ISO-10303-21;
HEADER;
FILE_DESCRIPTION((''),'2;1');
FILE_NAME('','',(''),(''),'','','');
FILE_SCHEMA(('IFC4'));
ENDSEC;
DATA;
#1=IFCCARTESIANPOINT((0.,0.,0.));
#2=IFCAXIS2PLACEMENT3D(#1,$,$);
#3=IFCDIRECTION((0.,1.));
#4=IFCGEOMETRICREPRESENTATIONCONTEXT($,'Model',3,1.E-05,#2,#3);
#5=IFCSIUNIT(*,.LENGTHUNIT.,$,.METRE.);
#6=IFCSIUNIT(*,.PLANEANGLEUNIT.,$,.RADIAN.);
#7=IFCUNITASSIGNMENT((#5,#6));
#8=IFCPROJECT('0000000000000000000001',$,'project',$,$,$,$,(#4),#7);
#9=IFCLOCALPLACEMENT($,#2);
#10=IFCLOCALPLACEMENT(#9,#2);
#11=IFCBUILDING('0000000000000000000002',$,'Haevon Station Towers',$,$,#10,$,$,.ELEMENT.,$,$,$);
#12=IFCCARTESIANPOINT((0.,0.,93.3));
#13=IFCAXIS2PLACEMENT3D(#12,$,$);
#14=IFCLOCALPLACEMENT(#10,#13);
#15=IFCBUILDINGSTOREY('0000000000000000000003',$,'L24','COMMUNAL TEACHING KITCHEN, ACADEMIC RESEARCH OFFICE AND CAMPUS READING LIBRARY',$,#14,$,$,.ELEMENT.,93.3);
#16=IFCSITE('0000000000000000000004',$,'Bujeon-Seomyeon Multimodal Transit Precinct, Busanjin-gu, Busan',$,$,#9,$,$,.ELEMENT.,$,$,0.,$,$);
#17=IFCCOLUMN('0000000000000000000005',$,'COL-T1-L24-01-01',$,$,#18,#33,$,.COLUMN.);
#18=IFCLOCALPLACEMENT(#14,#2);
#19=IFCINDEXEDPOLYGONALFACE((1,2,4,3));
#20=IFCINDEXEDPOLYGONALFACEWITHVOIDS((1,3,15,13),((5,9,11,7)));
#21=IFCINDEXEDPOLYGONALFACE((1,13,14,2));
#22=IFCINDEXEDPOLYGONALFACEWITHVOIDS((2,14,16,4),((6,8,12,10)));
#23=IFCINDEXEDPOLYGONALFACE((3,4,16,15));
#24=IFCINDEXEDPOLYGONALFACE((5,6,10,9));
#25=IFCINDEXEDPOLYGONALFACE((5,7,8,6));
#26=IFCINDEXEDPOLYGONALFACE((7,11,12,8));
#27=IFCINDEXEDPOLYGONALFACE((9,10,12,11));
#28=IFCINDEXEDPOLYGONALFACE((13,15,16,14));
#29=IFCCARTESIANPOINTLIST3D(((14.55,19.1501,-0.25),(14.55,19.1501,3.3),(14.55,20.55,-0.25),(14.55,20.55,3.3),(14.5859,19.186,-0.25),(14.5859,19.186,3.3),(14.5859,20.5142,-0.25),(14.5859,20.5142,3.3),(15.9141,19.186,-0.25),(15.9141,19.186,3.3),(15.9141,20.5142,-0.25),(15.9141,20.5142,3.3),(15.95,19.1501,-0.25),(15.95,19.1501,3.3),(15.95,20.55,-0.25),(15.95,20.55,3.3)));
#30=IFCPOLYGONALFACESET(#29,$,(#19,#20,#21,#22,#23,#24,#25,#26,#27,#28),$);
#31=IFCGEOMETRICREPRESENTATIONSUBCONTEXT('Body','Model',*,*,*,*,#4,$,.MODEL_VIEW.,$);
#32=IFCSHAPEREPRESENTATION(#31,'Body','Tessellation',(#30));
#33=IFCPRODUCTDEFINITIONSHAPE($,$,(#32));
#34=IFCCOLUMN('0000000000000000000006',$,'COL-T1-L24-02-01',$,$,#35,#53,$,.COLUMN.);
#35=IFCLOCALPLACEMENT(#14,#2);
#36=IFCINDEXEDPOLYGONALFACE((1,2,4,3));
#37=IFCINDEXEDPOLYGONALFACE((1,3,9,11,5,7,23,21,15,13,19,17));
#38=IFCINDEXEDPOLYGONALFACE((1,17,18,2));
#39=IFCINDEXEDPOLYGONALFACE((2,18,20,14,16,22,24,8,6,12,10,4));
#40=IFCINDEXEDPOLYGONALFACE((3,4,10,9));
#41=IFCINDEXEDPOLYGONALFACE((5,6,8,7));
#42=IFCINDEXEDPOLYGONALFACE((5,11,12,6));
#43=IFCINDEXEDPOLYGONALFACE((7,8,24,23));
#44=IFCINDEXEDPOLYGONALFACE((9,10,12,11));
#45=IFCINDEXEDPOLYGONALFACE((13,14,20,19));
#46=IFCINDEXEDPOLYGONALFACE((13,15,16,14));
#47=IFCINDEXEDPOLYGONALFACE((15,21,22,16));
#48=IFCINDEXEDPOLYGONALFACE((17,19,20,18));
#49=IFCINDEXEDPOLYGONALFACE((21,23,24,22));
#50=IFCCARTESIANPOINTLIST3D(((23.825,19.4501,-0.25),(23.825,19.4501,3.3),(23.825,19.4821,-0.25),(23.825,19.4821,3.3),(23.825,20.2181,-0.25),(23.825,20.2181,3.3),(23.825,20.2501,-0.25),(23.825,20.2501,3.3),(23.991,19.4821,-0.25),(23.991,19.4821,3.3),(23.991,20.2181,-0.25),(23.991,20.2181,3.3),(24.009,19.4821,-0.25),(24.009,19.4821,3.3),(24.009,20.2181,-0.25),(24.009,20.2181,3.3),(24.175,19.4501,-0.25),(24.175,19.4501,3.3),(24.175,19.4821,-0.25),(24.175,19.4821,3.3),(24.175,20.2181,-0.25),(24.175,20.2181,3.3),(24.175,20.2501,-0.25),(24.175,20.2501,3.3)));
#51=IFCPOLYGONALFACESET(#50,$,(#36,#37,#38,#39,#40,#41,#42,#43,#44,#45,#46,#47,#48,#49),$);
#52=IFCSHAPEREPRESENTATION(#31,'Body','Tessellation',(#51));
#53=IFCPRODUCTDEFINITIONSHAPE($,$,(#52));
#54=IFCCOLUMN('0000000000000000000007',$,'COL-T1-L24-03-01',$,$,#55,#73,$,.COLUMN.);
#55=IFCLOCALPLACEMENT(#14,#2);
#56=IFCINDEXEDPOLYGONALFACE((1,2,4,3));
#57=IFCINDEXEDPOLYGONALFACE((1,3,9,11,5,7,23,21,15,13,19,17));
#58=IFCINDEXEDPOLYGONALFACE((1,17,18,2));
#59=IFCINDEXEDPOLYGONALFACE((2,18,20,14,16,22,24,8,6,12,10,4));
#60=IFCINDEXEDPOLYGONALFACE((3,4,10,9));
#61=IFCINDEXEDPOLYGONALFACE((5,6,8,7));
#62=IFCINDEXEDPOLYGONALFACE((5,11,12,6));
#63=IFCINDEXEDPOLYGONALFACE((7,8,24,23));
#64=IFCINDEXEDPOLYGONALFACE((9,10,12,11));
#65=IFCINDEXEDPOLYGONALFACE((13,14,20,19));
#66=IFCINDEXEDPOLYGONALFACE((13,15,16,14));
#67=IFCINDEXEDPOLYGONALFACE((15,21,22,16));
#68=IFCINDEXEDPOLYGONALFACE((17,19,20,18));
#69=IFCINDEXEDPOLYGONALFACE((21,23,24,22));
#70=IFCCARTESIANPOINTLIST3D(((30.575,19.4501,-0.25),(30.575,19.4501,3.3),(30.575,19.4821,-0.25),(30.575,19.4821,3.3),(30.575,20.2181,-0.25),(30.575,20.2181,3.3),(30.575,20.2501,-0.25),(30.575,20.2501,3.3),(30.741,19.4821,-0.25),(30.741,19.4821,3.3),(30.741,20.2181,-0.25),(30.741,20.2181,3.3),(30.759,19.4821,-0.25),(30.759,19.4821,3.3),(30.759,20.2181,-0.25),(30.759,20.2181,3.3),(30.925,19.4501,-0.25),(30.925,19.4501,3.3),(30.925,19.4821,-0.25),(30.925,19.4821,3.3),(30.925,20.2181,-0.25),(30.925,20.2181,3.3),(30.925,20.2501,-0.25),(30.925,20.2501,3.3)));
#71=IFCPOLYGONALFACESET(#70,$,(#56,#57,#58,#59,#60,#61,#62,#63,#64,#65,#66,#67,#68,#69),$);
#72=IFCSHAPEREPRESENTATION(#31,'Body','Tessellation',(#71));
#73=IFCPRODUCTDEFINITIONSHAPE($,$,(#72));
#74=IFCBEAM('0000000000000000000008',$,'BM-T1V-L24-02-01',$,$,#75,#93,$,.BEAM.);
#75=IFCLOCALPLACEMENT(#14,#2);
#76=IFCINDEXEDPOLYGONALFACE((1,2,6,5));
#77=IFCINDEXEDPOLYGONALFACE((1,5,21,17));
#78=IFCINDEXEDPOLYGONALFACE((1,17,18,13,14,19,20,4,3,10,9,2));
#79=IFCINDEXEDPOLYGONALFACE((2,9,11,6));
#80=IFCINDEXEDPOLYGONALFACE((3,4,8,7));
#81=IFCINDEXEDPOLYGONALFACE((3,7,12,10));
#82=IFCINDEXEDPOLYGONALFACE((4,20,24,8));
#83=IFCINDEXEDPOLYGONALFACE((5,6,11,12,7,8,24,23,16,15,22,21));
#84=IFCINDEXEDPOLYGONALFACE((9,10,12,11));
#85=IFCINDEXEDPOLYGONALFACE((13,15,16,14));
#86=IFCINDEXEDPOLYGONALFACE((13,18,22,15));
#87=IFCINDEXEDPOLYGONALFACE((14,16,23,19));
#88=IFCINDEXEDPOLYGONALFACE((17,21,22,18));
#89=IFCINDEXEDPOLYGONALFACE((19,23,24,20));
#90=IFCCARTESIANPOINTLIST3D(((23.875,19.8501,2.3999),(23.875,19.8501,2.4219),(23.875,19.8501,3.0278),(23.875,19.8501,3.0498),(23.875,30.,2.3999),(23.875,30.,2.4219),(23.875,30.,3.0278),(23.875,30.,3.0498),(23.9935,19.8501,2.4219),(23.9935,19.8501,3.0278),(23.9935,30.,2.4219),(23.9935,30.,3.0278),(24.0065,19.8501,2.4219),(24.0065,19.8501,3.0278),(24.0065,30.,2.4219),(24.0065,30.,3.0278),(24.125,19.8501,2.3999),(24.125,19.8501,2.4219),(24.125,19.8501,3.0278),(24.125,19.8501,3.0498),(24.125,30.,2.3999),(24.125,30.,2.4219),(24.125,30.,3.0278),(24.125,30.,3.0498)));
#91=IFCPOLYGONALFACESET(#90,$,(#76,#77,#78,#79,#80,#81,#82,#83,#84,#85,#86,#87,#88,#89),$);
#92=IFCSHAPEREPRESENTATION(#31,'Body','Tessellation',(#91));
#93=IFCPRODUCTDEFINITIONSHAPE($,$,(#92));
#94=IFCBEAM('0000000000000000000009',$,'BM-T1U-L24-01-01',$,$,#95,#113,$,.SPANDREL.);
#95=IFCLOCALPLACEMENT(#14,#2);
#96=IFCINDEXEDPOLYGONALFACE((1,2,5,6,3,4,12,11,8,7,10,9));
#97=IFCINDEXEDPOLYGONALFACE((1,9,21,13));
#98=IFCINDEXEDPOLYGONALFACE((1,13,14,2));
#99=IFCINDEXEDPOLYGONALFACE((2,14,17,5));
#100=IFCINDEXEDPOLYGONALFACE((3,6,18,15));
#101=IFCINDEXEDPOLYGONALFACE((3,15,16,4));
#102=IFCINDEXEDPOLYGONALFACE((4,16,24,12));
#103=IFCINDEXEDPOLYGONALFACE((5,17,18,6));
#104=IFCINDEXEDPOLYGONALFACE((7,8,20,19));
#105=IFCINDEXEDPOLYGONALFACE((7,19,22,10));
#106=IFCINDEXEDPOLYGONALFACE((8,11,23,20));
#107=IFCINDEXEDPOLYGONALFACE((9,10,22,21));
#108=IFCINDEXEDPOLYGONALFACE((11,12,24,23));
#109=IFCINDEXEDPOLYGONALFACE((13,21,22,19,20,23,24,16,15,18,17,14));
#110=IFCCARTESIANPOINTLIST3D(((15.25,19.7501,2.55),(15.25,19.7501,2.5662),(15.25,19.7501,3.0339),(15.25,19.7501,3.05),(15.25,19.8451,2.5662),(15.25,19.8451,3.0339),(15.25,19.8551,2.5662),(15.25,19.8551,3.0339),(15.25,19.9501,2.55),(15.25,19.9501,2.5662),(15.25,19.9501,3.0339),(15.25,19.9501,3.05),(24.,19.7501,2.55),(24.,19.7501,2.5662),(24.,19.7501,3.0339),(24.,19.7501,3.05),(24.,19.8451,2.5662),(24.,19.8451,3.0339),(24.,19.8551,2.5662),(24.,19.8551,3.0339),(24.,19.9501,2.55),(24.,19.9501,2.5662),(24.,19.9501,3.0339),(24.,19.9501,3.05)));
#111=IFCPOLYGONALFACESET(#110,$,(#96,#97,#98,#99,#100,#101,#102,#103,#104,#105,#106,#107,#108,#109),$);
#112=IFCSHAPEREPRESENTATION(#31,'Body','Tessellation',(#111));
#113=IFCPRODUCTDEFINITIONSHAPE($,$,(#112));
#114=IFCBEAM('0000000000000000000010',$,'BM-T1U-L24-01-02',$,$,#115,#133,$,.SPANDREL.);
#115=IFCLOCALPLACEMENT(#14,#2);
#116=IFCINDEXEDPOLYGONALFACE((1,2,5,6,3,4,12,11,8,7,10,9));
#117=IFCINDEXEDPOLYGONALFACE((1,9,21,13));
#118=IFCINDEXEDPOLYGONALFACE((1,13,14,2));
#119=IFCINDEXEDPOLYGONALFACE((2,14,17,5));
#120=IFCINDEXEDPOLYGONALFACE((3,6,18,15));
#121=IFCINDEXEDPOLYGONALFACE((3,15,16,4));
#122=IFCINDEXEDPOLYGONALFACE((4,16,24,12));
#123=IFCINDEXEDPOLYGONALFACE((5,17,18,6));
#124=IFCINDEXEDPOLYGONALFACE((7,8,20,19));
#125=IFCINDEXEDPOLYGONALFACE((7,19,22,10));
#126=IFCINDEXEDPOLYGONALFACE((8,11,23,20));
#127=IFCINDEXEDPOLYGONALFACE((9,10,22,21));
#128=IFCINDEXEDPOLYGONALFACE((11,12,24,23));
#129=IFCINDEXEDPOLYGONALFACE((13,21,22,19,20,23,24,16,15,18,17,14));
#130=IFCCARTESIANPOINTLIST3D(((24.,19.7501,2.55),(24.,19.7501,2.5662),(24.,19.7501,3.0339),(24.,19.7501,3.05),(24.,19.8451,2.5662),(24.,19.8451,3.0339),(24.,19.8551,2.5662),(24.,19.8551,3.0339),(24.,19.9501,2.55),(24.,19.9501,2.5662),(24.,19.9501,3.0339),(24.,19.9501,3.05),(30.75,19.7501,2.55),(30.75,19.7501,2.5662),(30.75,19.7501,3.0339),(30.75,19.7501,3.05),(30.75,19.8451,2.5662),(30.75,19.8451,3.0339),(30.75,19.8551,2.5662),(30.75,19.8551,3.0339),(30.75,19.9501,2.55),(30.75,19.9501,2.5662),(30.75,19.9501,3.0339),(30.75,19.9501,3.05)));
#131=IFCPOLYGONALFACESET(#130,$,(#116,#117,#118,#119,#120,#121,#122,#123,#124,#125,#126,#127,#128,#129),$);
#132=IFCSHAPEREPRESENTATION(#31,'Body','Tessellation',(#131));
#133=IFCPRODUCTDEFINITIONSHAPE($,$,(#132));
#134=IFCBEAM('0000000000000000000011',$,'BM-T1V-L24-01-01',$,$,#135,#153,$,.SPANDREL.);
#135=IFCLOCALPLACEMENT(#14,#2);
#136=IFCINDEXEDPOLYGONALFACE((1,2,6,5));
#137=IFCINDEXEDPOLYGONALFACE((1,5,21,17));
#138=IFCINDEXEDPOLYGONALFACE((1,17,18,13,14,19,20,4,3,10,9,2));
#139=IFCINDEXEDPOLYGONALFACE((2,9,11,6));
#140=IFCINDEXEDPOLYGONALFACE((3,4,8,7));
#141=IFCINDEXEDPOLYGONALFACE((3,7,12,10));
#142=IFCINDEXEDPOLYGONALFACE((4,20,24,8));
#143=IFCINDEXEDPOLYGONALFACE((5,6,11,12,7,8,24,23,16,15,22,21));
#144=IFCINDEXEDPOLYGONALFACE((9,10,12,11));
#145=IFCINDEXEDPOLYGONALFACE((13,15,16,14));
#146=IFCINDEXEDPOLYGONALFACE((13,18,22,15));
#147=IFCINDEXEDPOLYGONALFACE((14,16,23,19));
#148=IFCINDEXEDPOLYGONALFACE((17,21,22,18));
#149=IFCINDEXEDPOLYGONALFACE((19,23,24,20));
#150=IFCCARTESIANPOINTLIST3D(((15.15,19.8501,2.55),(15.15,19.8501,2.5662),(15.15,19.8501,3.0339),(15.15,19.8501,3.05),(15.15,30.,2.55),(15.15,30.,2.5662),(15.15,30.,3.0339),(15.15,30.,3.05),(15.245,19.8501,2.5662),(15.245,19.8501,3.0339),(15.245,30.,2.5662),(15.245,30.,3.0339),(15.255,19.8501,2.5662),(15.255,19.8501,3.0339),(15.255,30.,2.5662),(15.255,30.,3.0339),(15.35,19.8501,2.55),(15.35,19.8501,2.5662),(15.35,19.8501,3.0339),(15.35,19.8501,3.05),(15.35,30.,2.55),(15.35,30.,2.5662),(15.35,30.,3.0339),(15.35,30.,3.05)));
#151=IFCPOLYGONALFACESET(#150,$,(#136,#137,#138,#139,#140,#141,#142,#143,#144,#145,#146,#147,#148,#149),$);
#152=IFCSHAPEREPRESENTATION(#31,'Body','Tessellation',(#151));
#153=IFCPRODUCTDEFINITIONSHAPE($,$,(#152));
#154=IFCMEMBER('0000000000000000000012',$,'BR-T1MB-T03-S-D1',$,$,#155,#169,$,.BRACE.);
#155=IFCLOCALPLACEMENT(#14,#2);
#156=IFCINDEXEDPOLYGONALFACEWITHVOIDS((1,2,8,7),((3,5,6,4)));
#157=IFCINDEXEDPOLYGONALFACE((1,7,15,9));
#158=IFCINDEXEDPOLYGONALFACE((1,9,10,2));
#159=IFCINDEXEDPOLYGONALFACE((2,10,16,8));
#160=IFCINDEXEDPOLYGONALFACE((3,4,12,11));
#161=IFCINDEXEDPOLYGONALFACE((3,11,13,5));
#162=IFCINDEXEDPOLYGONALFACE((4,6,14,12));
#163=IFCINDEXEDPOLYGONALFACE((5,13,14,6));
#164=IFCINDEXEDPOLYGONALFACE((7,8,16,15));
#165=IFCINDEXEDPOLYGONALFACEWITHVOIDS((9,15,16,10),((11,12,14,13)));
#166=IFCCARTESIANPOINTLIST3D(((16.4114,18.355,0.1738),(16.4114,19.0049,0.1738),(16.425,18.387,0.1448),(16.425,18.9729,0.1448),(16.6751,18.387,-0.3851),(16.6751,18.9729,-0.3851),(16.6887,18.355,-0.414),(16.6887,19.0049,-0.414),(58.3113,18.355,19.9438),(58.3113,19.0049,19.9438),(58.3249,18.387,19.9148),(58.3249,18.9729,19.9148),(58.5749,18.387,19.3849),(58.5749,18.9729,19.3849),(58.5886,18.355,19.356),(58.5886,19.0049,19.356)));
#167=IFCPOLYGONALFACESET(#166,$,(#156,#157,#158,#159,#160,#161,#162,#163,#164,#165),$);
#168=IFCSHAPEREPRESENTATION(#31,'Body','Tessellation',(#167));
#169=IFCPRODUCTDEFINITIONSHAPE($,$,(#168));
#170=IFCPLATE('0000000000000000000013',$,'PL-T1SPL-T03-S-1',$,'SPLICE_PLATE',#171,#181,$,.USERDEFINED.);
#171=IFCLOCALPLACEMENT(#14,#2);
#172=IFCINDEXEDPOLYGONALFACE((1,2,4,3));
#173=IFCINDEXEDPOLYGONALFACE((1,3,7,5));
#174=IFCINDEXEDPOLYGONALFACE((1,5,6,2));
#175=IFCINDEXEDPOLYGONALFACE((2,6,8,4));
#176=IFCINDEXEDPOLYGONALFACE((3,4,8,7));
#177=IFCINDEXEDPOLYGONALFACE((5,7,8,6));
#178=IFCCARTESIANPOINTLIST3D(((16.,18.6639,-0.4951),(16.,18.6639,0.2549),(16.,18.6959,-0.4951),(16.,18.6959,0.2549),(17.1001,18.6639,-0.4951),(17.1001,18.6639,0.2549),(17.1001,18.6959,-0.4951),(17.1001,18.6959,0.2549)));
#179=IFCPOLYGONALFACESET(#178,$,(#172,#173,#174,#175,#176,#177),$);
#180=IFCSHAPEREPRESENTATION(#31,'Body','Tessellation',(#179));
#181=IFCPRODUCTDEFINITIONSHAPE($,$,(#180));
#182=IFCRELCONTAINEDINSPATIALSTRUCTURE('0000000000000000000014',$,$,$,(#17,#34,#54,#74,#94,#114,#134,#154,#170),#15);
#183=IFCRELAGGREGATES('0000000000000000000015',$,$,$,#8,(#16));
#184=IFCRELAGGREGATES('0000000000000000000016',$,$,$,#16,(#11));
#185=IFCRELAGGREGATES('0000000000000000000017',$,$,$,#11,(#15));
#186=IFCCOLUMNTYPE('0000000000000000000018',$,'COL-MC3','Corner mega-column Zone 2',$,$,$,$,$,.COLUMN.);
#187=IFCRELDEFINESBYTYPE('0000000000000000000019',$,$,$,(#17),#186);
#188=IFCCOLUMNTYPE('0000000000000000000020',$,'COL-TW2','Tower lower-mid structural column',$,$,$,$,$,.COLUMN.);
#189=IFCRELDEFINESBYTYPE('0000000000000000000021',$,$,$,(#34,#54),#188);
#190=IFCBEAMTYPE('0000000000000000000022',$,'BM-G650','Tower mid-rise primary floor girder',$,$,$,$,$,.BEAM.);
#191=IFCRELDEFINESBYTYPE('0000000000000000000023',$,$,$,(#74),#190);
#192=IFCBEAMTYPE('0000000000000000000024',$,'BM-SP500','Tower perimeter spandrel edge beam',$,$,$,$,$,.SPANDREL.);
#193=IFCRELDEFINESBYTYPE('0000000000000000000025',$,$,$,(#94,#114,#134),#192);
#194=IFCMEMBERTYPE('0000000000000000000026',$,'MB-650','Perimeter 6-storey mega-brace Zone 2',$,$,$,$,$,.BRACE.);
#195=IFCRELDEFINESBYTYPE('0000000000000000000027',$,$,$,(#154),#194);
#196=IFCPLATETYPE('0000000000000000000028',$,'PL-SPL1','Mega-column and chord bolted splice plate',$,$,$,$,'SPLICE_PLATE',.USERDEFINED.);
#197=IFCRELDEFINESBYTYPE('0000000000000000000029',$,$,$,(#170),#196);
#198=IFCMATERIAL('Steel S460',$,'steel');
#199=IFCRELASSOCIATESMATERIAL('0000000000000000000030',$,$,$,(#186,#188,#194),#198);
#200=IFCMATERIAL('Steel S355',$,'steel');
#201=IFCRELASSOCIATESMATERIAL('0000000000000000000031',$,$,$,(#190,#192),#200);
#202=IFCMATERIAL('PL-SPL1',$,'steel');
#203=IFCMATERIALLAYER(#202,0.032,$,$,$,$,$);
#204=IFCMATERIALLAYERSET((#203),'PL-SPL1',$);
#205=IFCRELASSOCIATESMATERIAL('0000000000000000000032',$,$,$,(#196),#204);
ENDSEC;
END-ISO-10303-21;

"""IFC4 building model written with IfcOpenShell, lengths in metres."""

from ifc_helpers import new_model, si_unit, direction, frame, origin, origin_2d, place, context, subcontext, project, spatial, rectangle, hollow_rectangle, i_section, extrude, material, layer, layer_set, material_profile, profile_set, type_object, element, save


model = new_model("IFC4")

# Units and contexts
model_context = context("Model", 3, precision=1e-05, world=origin(), true_north=direction((0.0, 1.0)))
body_context = subcontext(model_context, "Body", "Model", "MODEL_VIEW")
ifc_project = project(units=[si_unit("LENGTHUNIT", "METRE"), si_unit("PLANEANGLEUNIT", "RADIAN")], contexts=[model_context])

# Site, building, storey
site_placement = place(None, origin())
site = spatial("IfcSite", under=ifc_project, at=site_placement, Name="Bujeon-Seomyeon Multimodal Transit Precinct, Busanjin-gu, Busan", CompositionType="ELEMENT", RefElevation=0.0)
building_placement = place(site_placement, origin())
building = spatial("IfcBuilding", under=site, at=building_placement, Name="Haevon Station Towers", CompositionType="ELEMENT")
storey_placement = place(building_placement, frame((0.0, 0.0, 93.3)))
storey = spatial("IfcBuildingStorey", under=building, at=storey_placement, Name="L24", Description="COMMUNAL TEACHING KITCHEN, ACADEMIC RESEARCH OFFICE AND CAMPUS READING LIBRARY", CompositionType="ELEMENT", Elevation=93.3)

# Columns
ifc_material_1 = material(Name="Steel S460", Category="steel")
ifc_material_profile_1 = material_profile(ifc_material_1, hollow_rectangle(XDim=1.3999, YDim=1.3999, WallThickness=0.0359, at=origin_2d()), Name="BOX-1400x1400x36")
ifc_profile_set_1 = profile_set([ifc_material_profile_1], Name="Steel S460")
column_type_1 = type_object("IfcColumnType", Name="COL-MC3", Description="Corner mega-column Zone 2", PredefinedType="COLUMN", material=ifc_profile_set_1)
column_placement = place(storey_placement, frame((15.25, 19.8501, -0.25), z_axis=(0.0, 0.0, 1.0), x_axis=(1.0, 0.0, 0.0)))
element("IfcColumn", 1, at=column_placement, inside=storey, type_object=column_type_1, Name="COL-T1-L24-01-01", PredefinedType="COLUMN", context=body_context, shape_type="SweptSolid", body=[
    extrude(hollow_rectangle(XDim=1.3999, YDim=1.3999, WallThickness=0.0359, at=origin_2d()), origin(), (0.0, 0.0, 1.0), 3.55),
])
ifc_material_profile_2 = material_profile(ifc_material_1, i_section(OverallWidth=0.3501, OverallDepth=0.8, WebThickness=0.0181, FlangeThickness=0.032, at=origin_2d()), Name="H-800x350x18x32")
ifc_profile_set_2 = profile_set([ifc_material_profile_2], Name="Steel S460")
column_type_2 = type_object("IfcColumnType", Name="COL-TW2", Description="Tower lower-mid structural column", PredefinedType="COLUMN", material=ifc_profile_set_2)
for number, where, z_axis, x_axis, name in (
    (2, (24.0, 19.8501, -0.25), (0.0, 0.0, 1.0), (1.0, 0.0, 0.0), "COL-T1-L24-02-01"),
    (3, (30.75, 19.8501, -0.25), (0.0, 0.0, 1.0), (1.0, 0.0, 0.0), "COL-T1-L24-03-01"),
):
    element("IfcColumn", number, at=place(storey_placement, frame(where, z_axis=z_axis, x_axis=x_axis)), inside=storey, type_object=column_type_2, Name=name, PredefinedType="COLUMN", context=body_context, shape_type="SweptSolid", body=[
        extrude(i_section(OverallWidth=0.3501, OverallDepth=0.8, WebThickness=0.0181, FlangeThickness=0.032, at=origin_2d()), origin(), (0.0, 0.0, 1.0), 3.55),
    ])

# Beams
ifc_material_2 = material(Name="Steel S355", Category="steel")
ifc_material_profile_3 = material_profile(ifc_material_2, i_section(OverallWidth=0.25, OverallDepth=0.6499, WebThickness=0.0129, FlangeThickness=0.022, at=origin_2d()), Name="H-650x250x13x22")
ifc_profile_set_3 = profile_set([ifc_material_profile_3], Name="Steel S355")
beam_type_1 = type_object("IfcBeamType", Name="BM-G650", Description="Tower mid-rise primary floor girder", PredefinedType="BEAM", material=ifc_profile_set_3)
beam_1_placement = place(storey_placement, frame((24.0, 19.8501, 2.7249), z_axis=(0.0, 1.0, 0.0), x_axis=(-1.0, 0.0, 0.0)))
element("IfcBeam", 4, at=beam_1_placement, inside=storey, type_object=beam_type_1, Name="BM-T1V-L24-02-01", PredefinedType="BEAM", context=body_context, shape_type="SweptSolid", body=[
    extrude(i_section(OverallWidth=0.25, OverallDepth=0.6499, WebThickness=0.0129, FlangeThickness=0.022, at=origin_2d()), origin(), (0.0, 0.0, 1.0), 10.1499),
])
ifc_material_profile_4 = material_profile(ifc_material_2, i_section(OverallWidth=0.2, OverallDepth=0.5, WebThickness=0.01, FlangeThickness=0.0161, at=origin_2d()), Name="H-500x200x10x16")
ifc_profile_set_4 = profile_set([ifc_material_profile_4], Name="Steel S355")
beam_type_2 = type_object("IfcBeamType", Name="BM-SP500", Description="Tower perimeter spandrel edge beam", PredefinedType="SPANDREL", material=ifc_profile_set_4)
beam_2_placement = place(storey_placement, frame((15.25, 19.8501, 2.8), z_axis=(1.0, 0.0, 0.0), x_axis=(0.0, 1.0, 0.0)))
element("IfcBeam", 5, at=beam_2_placement, inside=storey, type_object=beam_type_2, Name="BM-T1U-L24-01-01", PredefinedType="SPANDREL", context=body_context, shape_type="SweptSolid", body=[
    extrude(i_section(OverallWidth=0.2, OverallDepth=0.5, WebThickness=0.01, FlangeThickness=0.0161, at=origin_2d()), origin(), (0.0, 0.0, 1.0), 8.75),
])
beam_3_placement = place(storey_placement, frame((24.0, 19.8501, 2.8), z_axis=(1.0, 0.0, 0.0), x_axis=(0.0, 1.0, 0.0)))
element("IfcBeam", 6, at=beam_3_placement, inside=storey, type_object=beam_type_2, Name="BM-T1U-L24-01-02", PredefinedType="SPANDREL", context=body_context, shape_type="SweptSolid", body=[
    extrude(i_section(OverallWidth=0.2, OverallDepth=0.5, WebThickness=0.01, FlangeThickness=0.0161, at=origin_2d()), origin(), (0.0, 0.0, 1.0), 6.75),
])
beam_4_placement = place(storey_placement, frame((15.25, 19.8501, 2.8), z_axis=(0.0, 1.0, 0.0), x_axis=(-1.0, 0.0, 0.0)))
element("IfcBeam", 7, at=beam_4_placement, inside=storey, type_object=beam_type_2, Name="BM-T1V-L24-01-01", PredefinedType="SPANDREL", context=body_context, shape_type="SweptSolid", body=[
    extrude(i_section(OverallWidth=0.2, OverallDepth=0.5, WebThickness=0.01, FlangeThickness=0.0161, at=origin_2d()), origin(), (0.0, 0.0, 1.0), 10.1499),
])

# Member
ifc_material_profile_5 = material_profile(ifc_material_1, hollow_rectangle(XDim=0.6499, YDim=0.6499, WallThickness=0.032, at=origin_2d()), Name="RHS-650x650x32")
ifc_profile_set_5 = profile_set([ifc_material_profile_5], Name="Steel S460")
member_type = type_object("IfcMemberType", Name="MB-650", Description="Perimeter 6-storey mega-brace Zone 2", PredefinedType="BRACE", material=ifc_profile_set_5)
member_placement = place(storey_placement, frame((16.55, 18.6799, -0.1201), z_axis=(0.904382, 0.0, 0.426723), x_axis=(0.0, 1.0, 0.0)))
element("IfcMember", 8, at=member_placement, inside=storey, type_object=member_type, Name="BR-T1MB-T03-S-D1", PredefinedType="BRACE", context=body_context, shape_type="SweptSolid", body=[
    extrude(hollow_rectangle(XDim=0.6499, YDim=0.6499, WallThickness=0.032, at=origin_2d()), origin(), (0.0, 0.0, 1.0), 46.3298),
])

# Plate
ifc_material_3 = material(Name="PL-SPL1", Category="steel")
ifc_layer_1 = layer(ifc_material_3, 0.032)
ifc_layer_set_1 = layer_set([ifc_layer_1], Name="PL-SPL1")
plate_type = type_object("IfcPlateType", Name="PL-SPL1", Description="Mega-column and chord bolted splice plate", ElementType="SPLICE_PLATE", PredefinedType="USERDEFINED", material=ifc_layer_set_1)
plate_placement = place(storey_placement, frame((16.55, 18.6799, -0.4951), z_axis=(0.0, 0.0, 1.0), x_axis=(1.0, 0.0, 0.0)))
element("IfcPlate", 9, at=plate_placement, inside=storey, type_object=plate_type, Name="PL-T1SPL-T03-S-1", ObjectType="SPLICE_PLATE", PredefinedType="USERDEFINED", context=body_context, shape_type="SweptSolid", body=[
    extrude(rectangle(XDim=1.1001, YDim=0.032, at=origin_2d()), origin(), (0.0, 0.0, 1.0), 0.75),
])

save(model, "model.ifc")
